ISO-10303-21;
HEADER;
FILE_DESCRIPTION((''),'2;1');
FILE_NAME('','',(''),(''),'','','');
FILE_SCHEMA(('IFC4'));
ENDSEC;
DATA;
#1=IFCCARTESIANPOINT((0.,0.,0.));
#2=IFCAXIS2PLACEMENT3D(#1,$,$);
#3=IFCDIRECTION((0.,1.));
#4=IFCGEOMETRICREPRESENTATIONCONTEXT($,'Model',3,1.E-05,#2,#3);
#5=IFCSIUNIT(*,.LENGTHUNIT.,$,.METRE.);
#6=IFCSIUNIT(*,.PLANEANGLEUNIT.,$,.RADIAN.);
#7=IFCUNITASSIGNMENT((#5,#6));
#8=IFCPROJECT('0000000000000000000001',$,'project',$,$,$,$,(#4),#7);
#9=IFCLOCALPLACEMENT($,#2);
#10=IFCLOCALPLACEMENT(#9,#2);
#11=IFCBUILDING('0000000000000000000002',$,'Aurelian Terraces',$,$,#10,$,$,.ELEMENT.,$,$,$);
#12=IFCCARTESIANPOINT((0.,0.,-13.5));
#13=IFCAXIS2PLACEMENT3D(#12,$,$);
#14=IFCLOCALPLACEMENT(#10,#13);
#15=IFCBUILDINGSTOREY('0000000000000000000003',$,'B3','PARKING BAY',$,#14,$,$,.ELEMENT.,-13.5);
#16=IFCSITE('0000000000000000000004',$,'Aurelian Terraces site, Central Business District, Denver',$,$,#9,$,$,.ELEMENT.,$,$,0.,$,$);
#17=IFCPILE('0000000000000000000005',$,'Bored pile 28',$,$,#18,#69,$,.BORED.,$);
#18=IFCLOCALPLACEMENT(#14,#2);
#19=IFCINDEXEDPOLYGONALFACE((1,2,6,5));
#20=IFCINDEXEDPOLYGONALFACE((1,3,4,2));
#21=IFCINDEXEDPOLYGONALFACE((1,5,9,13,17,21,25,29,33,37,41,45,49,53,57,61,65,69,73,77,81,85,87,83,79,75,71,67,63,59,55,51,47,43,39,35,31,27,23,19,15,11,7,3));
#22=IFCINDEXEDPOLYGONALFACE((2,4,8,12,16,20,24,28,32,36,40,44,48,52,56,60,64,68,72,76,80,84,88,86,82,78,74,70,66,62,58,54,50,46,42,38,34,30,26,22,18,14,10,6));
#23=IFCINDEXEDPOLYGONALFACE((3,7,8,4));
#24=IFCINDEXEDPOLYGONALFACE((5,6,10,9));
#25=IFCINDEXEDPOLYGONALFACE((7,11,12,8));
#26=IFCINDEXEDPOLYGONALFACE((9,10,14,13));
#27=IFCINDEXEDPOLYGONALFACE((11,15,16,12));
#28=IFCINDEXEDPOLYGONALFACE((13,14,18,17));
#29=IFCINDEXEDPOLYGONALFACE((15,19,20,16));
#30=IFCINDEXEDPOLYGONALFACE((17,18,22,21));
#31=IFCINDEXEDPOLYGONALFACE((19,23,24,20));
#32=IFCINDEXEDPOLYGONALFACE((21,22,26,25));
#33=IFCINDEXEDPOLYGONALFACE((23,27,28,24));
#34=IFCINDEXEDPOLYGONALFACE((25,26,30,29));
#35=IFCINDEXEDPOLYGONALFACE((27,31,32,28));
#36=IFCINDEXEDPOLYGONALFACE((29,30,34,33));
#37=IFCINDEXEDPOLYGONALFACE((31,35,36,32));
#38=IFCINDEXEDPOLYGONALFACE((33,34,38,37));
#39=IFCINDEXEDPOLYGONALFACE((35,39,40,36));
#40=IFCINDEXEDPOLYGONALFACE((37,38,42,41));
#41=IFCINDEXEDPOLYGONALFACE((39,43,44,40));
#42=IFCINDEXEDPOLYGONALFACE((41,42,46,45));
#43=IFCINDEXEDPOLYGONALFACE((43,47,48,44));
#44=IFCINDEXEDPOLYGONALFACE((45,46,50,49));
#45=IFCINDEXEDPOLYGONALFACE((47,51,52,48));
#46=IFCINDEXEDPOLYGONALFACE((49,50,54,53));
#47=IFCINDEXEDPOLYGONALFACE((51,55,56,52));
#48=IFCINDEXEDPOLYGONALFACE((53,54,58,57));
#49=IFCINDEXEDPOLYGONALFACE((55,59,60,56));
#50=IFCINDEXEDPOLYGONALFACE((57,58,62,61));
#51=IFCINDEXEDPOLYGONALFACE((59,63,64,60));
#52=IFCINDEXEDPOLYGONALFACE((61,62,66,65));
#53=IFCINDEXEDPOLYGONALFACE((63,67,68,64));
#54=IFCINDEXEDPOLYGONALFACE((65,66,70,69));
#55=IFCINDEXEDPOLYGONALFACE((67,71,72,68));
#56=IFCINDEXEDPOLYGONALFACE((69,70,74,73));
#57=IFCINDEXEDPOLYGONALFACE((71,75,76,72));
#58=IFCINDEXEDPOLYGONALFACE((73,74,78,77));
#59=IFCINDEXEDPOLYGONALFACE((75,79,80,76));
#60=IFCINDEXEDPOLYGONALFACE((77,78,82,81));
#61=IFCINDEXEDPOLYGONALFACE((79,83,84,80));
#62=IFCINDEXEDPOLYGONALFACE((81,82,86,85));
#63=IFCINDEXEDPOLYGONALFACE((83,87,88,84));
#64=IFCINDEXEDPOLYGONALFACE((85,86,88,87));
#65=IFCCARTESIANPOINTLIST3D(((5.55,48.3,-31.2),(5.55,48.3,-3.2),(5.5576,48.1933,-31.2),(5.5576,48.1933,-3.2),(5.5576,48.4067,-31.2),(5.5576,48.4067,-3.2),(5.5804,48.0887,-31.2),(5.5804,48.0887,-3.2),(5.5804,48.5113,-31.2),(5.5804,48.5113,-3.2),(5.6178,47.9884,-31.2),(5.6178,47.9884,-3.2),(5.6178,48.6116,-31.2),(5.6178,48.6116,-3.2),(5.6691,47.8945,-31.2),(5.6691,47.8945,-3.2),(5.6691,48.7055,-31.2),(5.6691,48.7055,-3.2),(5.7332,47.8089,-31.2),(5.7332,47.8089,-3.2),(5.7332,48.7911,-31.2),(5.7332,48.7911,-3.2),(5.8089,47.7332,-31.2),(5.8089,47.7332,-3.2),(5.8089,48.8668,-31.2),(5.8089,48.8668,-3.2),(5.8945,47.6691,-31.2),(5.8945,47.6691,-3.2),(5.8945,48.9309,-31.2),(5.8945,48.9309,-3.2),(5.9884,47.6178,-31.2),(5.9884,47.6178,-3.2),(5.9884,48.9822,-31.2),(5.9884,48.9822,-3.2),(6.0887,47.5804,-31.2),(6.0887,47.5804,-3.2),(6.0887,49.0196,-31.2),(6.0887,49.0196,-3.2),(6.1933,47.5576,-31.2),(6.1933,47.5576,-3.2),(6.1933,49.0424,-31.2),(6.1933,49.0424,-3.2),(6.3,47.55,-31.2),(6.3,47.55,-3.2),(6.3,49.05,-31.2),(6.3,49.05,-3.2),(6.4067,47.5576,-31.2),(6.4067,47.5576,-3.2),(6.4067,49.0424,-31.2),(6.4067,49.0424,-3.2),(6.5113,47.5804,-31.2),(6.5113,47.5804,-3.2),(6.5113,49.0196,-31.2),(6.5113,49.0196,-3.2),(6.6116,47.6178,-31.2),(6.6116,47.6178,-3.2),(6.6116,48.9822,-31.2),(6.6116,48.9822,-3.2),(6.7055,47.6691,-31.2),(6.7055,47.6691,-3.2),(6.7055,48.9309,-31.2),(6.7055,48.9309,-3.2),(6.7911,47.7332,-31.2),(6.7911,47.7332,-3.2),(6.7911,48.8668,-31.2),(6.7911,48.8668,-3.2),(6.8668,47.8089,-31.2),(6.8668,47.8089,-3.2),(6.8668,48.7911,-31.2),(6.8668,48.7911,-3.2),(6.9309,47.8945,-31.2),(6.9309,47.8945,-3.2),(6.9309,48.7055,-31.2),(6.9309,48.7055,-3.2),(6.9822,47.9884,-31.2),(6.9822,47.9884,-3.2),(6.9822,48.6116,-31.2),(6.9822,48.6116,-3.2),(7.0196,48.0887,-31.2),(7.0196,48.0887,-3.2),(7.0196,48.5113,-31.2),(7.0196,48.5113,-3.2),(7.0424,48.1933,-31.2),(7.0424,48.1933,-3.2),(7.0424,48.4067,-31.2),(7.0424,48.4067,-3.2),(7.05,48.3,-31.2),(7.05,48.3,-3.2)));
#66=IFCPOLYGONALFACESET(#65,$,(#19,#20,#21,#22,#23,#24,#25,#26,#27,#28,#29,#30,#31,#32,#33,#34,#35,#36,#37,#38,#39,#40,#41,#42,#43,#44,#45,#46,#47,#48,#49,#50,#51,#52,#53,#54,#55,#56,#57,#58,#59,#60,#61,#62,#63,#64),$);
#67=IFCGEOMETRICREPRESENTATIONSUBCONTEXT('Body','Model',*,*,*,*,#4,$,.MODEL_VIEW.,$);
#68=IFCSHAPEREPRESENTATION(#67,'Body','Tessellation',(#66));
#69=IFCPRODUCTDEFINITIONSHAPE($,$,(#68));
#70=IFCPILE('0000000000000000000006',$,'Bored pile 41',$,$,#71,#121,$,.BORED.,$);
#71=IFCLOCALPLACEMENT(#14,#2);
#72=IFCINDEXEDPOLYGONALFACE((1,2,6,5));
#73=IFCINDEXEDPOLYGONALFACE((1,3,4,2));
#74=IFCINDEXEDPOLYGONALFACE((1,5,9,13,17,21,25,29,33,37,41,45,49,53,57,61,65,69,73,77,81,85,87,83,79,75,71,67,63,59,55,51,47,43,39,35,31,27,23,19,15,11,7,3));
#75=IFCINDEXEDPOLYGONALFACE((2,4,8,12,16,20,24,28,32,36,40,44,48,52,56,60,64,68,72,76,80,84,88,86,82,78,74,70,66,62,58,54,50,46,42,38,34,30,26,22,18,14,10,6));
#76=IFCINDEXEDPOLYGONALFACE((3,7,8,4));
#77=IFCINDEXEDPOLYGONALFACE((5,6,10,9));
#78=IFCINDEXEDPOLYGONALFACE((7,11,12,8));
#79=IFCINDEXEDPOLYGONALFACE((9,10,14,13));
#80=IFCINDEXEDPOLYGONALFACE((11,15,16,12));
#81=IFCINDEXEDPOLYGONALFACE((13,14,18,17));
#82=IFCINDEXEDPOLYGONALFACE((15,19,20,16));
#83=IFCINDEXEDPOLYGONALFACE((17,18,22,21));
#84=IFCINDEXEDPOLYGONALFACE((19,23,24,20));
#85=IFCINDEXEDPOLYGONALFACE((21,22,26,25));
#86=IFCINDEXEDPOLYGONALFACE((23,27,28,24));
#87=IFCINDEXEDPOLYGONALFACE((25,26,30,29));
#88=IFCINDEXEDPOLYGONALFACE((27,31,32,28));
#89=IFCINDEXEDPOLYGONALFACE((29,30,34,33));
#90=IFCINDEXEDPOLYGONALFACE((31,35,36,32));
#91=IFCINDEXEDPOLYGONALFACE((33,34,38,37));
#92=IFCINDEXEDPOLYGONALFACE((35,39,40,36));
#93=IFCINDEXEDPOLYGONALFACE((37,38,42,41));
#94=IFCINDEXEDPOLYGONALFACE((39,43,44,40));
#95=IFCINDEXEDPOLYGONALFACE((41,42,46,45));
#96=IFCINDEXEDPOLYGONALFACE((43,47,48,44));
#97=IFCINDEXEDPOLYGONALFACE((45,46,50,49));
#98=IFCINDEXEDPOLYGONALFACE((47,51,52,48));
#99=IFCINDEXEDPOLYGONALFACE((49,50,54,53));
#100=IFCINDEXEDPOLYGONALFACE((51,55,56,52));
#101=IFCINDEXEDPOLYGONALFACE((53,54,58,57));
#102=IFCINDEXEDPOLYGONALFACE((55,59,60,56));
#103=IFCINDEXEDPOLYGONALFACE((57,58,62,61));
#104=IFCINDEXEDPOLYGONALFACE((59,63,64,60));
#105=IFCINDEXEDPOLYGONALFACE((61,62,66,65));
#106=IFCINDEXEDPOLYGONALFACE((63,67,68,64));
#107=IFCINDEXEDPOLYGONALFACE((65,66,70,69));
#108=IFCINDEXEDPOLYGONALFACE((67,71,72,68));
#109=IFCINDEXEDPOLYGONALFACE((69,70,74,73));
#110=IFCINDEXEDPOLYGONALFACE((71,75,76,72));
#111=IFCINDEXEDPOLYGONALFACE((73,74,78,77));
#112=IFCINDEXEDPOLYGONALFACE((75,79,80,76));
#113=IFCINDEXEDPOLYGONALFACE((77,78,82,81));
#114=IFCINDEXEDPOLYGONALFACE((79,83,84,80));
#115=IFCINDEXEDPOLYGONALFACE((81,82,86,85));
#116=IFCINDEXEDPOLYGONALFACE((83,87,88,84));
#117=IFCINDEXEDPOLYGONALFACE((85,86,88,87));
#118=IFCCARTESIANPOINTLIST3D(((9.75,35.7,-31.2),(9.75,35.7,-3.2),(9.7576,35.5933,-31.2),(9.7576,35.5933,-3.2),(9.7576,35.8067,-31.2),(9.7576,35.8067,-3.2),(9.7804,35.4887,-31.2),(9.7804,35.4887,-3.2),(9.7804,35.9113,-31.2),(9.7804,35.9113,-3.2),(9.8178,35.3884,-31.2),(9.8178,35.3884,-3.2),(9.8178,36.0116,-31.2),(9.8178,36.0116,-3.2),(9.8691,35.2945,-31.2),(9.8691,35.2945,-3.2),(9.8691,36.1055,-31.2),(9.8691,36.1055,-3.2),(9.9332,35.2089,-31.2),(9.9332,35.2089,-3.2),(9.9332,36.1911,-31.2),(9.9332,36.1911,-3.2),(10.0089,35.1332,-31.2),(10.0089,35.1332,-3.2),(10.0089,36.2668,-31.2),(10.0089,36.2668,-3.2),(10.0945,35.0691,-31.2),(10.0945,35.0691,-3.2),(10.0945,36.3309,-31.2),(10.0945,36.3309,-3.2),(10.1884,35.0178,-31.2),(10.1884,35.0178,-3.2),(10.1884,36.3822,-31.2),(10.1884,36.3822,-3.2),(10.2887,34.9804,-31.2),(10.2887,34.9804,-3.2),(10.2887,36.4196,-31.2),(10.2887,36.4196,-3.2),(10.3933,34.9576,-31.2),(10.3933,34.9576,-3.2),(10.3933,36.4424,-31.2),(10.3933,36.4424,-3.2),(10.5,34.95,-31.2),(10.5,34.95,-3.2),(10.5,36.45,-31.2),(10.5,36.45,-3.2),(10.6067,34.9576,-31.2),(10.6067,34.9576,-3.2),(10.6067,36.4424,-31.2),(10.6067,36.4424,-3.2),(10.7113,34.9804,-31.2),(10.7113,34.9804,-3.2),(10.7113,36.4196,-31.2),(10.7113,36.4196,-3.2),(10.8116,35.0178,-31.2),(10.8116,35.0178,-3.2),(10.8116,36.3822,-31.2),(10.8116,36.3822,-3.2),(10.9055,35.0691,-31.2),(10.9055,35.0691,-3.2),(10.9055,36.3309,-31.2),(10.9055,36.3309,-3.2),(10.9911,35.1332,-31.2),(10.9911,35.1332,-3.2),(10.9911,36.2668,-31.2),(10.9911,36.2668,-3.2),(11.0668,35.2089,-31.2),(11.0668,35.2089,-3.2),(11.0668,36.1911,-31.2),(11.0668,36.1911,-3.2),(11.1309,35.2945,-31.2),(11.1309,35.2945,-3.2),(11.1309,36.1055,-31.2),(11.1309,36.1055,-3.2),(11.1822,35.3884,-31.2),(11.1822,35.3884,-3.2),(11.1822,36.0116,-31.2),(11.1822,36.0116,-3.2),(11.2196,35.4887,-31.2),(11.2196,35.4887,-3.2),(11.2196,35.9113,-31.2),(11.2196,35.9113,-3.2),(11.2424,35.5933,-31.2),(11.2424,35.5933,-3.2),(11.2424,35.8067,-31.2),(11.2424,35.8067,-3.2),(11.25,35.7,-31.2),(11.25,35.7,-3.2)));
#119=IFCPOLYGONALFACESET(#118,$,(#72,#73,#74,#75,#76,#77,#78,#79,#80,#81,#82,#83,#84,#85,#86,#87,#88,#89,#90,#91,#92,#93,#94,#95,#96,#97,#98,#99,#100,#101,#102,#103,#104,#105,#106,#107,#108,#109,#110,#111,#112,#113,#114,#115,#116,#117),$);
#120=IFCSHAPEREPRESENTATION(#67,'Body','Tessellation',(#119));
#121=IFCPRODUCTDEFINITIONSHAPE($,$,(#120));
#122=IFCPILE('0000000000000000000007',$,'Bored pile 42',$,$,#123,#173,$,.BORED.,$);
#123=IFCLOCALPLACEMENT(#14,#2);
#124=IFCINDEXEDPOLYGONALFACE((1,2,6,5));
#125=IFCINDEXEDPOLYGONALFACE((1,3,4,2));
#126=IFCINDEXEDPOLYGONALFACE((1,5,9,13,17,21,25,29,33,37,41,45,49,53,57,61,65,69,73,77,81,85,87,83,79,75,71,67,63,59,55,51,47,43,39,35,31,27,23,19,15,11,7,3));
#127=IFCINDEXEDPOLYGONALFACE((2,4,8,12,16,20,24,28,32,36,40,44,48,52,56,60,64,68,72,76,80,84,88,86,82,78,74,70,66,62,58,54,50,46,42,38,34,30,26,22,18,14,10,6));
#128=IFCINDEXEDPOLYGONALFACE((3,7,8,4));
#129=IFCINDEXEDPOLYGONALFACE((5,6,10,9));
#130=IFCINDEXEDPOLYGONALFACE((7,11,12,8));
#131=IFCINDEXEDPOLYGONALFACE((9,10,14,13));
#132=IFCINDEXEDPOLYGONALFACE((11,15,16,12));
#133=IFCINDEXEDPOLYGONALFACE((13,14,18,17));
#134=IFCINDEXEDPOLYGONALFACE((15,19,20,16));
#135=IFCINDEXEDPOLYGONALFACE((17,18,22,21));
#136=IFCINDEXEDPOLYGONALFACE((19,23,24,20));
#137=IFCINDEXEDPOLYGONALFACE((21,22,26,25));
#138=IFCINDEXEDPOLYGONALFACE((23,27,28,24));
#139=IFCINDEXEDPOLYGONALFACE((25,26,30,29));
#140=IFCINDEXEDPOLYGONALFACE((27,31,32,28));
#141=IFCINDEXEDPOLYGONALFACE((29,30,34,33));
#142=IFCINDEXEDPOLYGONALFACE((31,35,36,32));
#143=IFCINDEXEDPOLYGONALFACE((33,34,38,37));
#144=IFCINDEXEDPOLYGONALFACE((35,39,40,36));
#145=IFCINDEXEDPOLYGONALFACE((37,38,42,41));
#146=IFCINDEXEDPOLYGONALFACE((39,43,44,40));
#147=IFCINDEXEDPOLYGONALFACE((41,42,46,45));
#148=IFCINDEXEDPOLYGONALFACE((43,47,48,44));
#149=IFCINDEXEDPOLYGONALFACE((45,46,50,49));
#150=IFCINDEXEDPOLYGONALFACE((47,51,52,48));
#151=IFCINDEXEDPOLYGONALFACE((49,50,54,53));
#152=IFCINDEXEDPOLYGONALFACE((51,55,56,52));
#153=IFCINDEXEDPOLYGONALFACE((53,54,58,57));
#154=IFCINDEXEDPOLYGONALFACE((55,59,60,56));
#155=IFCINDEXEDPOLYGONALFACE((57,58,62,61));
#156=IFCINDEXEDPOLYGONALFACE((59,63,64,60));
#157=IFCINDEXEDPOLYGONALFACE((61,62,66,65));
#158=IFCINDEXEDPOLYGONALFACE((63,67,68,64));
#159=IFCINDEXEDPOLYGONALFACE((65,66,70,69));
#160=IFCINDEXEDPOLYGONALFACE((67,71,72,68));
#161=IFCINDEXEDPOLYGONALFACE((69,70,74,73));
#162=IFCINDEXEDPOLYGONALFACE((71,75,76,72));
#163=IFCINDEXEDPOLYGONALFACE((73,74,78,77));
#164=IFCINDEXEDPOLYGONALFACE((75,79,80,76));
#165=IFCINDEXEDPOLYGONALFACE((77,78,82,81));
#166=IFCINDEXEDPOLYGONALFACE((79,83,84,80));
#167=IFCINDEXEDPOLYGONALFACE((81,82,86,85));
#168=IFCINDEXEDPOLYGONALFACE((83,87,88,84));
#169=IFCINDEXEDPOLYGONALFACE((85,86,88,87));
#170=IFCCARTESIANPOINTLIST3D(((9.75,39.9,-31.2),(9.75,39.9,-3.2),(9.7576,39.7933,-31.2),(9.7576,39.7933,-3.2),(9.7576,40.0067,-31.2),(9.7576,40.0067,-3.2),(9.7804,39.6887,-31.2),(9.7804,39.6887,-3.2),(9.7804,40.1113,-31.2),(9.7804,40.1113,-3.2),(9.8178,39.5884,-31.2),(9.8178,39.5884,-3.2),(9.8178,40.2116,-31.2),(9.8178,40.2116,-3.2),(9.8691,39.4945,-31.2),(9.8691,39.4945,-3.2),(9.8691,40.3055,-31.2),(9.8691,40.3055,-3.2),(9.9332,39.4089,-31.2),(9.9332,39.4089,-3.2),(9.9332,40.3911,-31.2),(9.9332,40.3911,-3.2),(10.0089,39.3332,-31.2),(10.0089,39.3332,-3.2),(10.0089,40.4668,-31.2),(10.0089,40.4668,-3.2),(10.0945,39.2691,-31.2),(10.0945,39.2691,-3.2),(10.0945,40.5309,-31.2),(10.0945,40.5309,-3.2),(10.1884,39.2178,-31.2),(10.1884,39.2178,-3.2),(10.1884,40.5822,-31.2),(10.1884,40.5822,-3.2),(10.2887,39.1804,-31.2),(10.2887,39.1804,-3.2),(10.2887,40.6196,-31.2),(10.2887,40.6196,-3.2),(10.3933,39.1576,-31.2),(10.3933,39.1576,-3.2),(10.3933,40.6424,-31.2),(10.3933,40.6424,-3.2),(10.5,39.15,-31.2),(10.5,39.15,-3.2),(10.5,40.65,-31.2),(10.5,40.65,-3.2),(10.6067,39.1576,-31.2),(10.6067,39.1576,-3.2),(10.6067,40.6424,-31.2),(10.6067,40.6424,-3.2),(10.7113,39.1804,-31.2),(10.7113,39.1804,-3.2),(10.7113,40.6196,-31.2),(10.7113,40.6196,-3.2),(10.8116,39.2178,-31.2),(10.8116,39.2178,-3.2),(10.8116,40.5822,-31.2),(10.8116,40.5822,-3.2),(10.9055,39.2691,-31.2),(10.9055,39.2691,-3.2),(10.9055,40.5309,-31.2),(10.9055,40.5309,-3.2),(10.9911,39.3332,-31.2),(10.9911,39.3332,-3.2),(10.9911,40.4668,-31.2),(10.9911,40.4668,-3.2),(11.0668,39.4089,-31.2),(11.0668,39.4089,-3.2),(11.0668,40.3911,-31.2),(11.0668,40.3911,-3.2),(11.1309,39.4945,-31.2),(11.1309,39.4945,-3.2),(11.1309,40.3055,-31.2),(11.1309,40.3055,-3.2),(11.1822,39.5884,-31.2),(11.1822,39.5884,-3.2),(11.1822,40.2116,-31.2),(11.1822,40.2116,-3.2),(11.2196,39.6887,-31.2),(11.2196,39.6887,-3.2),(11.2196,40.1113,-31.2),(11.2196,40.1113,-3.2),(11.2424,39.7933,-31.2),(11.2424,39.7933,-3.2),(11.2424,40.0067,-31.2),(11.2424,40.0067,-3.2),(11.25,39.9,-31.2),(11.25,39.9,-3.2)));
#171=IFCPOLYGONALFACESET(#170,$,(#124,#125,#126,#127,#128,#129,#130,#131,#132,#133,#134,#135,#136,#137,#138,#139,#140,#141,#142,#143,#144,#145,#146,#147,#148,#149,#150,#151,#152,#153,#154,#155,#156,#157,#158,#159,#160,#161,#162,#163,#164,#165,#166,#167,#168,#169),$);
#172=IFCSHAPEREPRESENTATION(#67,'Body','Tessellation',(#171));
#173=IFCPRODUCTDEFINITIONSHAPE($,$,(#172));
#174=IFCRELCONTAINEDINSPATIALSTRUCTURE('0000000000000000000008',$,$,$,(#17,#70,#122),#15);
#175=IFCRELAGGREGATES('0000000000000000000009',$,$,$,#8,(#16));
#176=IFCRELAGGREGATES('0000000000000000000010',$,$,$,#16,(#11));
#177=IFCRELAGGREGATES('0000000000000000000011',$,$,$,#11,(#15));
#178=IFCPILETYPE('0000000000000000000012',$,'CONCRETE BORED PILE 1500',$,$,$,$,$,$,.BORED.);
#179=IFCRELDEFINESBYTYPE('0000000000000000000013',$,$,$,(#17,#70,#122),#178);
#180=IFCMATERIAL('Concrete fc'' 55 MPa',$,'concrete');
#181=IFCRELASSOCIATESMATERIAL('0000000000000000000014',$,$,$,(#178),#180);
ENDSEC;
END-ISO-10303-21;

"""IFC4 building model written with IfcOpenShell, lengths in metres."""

from ifc_helpers import new_model, si_unit, direction, frame, origin, origin_2d, place, context, subcontext, project, spatial, circle, extrude, source, transform, mapped, material, material_profile, profile_set, type_object, element, save


model = new_model("IFC4")

# Units and contexts
model_context = context("Model", 3, precision=1e-05, world=origin(), true_north=direction((0.0, 1.0)))
body_context = subcontext(model_context, "Body", "Model", "MODEL_VIEW")
ifc_project = project(units=[si_unit("LENGTHUNIT", "METRE"), si_unit("PLANEANGLEUNIT", "RADIAN")], contexts=[model_context])

# Site, building, storey
site_placement = place(None, origin())
site = spatial("IfcSite", under=ifc_project, at=site_placement, Name="Aurelian Terraces site, Central Business District, Denver", CompositionType="ELEMENT", RefElevation=0.0)
building_placement = place(site_placement, origin())
building = spatial("IfcBuilding", under=site, at=building_placement, Name="Aurelian Terraces", CompositionType="ELEMENT")
storey_placement = place(building_placement, frame((0.0, 0.0, -13.5)))
storey = spatial("IfcBuildingStorey", under=building, at=storey_placement, Name="B3", Description="PARKING BAY", CompositionType="ELEMENT", Elevation=-13.5)

# Piles
ifc_material_1 = material(Name="Concrete fc' 55 MPa", Category="concrete")
ifc_material_profile_1 = material_profile(ifc_material_1, circle(Radius=0.75, at=origin_2d()))
ifc_profile_set_1 = profile_set([ifc_material_profile_1], Name="Concrete fc' 55 MPa")
pile_type = type_object("IfcPileType", Name="CONCRETE BORED PILE 1500", PredefinedType="BORED", material=ifc_profile_set_1)
shared_shape_1 = source(origin(), body_context, "Body", "SweptSolid", [
    extrude(circle(Radius=0.75, at=origin_2d()), origin(), (0.0, 0.0, 1.0), 28.0),
])
for number, where, z_axis, x_axis, name in (
    (1, (6.3, 48.3, -3.2), (0.0, 0.0, -1.0), (1.0, 0.0, 0.0), "Bored pile 28"),
    (2, (10.5, 35.7, -3.2), (0.0, 0.0, -1.0), (1.0, 0.0, 0.0), "Bored pile 41"),
    (3, (10.5, 39.9, -3.2), (0.0, 0.0, -1.0), (1.0, 0.0, 0.0), "Bored pile 42"),
):
    element("IfcPile", number, at=place(storey_placement, frame(where, z_axis=z_axis, x_axis=x_axis)), inside=storey, type_object=pile_type, Name=name, PredefinedType="BORED", context=body_context, shape_type="MappedRepresentation", body=[
        mapped(shared_shape_1, transform((0.0, 0.0, 0.0), scale=1.0)),
    ])

save(model, "model.ifc")
